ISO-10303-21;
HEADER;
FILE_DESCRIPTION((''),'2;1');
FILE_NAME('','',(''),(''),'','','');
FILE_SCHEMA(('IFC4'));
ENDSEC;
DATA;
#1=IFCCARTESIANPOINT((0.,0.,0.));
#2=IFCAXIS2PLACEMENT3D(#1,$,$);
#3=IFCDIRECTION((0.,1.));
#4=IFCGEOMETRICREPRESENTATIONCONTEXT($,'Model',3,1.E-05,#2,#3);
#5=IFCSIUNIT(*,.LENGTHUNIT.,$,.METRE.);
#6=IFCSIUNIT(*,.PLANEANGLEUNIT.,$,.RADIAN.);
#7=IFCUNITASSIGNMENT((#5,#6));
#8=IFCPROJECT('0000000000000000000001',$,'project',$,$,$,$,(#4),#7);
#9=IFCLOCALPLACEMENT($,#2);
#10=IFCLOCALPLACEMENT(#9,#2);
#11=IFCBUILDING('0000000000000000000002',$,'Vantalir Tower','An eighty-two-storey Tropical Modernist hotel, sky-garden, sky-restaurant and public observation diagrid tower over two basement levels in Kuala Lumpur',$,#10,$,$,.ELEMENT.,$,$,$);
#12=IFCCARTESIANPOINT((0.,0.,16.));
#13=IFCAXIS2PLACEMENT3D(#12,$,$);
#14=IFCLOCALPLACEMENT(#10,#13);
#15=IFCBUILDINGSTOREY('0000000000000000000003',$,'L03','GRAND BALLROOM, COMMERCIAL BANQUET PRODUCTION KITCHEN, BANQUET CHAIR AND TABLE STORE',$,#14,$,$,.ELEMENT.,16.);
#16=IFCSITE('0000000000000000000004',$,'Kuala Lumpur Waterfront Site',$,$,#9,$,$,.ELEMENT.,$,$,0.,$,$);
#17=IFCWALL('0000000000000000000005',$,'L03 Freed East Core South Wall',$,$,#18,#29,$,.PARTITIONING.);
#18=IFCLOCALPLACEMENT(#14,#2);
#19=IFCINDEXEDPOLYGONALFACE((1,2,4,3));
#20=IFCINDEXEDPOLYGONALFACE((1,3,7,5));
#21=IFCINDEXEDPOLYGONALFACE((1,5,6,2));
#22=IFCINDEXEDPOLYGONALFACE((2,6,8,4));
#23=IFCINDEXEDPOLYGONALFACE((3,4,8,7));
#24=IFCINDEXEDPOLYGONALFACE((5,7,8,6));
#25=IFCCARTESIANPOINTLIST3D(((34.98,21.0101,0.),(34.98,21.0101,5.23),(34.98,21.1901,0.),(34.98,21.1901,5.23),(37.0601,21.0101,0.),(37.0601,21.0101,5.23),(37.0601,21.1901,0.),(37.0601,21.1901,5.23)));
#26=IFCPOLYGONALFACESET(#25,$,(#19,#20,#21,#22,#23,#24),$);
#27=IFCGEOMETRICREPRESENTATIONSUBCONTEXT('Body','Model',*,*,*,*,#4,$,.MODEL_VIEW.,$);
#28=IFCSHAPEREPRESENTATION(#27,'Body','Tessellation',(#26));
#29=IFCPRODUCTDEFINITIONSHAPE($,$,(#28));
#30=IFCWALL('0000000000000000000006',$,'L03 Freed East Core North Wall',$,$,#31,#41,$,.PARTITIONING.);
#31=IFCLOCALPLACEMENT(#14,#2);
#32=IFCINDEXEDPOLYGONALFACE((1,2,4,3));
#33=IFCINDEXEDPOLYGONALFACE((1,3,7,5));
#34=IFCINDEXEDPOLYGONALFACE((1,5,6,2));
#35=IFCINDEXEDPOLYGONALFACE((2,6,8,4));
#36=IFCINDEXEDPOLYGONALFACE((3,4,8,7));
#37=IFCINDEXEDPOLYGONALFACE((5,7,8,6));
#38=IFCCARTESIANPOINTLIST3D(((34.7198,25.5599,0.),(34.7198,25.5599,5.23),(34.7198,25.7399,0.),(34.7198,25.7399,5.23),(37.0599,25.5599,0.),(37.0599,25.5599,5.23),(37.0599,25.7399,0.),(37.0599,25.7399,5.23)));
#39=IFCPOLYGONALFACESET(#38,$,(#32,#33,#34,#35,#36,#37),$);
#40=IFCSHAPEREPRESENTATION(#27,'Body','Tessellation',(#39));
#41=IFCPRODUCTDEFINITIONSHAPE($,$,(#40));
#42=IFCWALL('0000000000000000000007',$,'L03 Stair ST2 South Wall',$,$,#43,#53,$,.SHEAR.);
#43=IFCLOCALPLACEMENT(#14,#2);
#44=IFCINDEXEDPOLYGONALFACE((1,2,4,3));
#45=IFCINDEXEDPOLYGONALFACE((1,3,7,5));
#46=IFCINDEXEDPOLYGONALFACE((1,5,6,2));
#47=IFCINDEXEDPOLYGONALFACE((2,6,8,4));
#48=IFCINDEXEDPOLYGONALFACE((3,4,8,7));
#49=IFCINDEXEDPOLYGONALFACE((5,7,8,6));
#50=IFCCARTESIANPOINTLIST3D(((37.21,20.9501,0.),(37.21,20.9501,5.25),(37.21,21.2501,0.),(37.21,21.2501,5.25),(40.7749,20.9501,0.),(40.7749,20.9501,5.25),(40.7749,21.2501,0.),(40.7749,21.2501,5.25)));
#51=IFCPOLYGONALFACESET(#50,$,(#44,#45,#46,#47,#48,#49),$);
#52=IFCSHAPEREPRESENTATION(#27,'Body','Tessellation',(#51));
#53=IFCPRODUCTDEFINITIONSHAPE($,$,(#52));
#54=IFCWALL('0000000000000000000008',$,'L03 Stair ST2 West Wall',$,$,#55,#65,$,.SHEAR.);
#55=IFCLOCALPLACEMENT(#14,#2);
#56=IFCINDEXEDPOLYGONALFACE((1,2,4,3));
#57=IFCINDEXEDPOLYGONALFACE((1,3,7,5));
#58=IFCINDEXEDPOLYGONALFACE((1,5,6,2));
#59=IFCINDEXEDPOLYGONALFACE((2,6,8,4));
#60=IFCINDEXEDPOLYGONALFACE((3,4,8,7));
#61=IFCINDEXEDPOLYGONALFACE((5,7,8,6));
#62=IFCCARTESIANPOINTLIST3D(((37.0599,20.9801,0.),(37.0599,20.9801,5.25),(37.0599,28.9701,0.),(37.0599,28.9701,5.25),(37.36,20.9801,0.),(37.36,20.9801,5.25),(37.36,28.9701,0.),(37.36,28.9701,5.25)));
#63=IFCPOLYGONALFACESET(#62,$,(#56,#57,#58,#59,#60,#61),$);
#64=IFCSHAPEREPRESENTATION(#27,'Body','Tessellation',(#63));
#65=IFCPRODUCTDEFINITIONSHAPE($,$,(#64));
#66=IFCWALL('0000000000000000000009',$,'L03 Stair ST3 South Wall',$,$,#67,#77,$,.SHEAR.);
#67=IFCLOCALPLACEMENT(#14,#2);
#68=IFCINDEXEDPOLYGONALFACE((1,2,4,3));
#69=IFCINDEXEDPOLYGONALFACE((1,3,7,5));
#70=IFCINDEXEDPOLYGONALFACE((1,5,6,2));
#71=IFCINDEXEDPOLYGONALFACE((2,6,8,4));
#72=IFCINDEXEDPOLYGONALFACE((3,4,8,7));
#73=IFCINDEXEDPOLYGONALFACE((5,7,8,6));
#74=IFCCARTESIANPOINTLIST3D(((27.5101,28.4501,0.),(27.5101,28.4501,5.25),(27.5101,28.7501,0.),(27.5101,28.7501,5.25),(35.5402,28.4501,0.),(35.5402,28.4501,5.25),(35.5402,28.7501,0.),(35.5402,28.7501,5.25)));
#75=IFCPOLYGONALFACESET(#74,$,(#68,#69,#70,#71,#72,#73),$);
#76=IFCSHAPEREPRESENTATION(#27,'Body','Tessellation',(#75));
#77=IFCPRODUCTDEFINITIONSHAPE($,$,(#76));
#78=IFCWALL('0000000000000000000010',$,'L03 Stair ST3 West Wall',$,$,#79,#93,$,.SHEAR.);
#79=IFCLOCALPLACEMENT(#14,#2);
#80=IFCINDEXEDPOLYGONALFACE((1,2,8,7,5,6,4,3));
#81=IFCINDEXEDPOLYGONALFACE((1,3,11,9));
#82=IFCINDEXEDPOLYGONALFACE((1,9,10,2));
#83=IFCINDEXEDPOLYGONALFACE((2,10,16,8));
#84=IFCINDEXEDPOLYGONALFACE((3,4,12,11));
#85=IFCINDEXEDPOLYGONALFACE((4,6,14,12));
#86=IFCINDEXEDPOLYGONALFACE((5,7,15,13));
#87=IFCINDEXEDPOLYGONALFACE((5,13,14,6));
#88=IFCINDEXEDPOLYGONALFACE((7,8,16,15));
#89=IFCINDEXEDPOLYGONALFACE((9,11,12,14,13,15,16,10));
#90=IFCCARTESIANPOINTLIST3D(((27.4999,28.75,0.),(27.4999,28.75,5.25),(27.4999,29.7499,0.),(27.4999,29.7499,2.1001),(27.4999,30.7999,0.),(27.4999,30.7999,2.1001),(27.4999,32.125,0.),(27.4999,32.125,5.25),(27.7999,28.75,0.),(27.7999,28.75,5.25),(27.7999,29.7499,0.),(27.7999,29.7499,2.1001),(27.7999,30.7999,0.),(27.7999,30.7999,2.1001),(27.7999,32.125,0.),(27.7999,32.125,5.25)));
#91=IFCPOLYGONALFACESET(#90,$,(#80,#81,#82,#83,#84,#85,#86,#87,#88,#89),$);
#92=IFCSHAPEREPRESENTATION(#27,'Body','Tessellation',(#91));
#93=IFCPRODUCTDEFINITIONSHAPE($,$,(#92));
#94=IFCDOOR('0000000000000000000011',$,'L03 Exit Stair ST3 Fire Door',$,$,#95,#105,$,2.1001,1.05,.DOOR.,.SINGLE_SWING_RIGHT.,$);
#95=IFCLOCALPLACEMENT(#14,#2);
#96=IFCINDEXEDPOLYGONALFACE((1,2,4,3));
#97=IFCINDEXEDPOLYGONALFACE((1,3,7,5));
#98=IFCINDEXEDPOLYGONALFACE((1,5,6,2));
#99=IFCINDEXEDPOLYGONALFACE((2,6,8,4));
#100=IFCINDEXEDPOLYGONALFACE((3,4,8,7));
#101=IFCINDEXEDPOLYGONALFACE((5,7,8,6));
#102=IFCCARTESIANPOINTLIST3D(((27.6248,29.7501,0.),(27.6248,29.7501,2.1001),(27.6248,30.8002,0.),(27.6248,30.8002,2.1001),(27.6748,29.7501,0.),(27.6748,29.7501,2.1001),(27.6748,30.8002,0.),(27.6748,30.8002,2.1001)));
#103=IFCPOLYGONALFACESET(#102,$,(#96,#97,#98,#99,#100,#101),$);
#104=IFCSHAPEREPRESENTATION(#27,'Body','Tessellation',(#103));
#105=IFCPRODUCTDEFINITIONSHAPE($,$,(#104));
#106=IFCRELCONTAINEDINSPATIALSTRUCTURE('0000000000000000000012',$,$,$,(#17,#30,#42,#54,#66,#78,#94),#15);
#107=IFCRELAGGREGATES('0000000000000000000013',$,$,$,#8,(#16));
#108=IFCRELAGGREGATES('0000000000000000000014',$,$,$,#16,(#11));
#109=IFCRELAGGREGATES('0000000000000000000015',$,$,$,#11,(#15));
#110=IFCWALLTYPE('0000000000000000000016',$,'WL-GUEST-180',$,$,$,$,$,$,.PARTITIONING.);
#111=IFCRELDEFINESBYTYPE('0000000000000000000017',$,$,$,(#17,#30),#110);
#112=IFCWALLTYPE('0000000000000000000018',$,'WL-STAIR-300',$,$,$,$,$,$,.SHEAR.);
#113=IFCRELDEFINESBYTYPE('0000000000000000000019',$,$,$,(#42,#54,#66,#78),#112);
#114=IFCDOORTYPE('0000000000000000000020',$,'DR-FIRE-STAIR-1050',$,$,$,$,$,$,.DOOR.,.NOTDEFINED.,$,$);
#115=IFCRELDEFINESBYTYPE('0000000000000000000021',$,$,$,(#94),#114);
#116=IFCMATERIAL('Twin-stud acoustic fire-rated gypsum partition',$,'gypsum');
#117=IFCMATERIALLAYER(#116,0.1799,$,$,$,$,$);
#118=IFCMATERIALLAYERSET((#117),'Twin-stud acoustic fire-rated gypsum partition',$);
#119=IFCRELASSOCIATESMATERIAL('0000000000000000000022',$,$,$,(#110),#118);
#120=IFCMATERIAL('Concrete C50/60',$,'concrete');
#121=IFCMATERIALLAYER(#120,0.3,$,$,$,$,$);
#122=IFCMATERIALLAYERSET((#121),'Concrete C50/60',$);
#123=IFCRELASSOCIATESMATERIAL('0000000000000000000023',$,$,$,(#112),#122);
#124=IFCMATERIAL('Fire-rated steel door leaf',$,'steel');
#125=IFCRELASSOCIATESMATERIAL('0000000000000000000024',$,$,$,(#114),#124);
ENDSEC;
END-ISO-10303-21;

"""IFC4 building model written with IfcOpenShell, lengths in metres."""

from ifc_helpers import new_model, si_unit, direction, frame, frame_2d, origin, place, context, subcontext, project, spatial, rectangle, extrude, material, layer, layer_set, type_object, element, fill, save


model = new_model("IFC4")

# Units and contexts
model_context = context("Model", 3, precision=1e-05, world=origin(), true_north=direction((0.0, 1.0)))
body_context = subcontext(model_context, "Body", "Model", "MODEL_VIEW")
ifc_project = project(units=[si_unit("LENGTHUNIT", "METRE"), si_unit("PLANEANGLEUNIT", "RADIAN")], contexts=[model_context])

# Site, building, storey
site_placement = place(None, origin())
site = spatial("IfcSite", under=ifc_project, at=site_placement, Name="Kuala Lumpur Waterfront Site", CompositionType="ELEMENT", RefElevation=0.0)
building_placement = place(site_placement, origin())
building = spatial("IfcBuilding", under=site, at=building_placement, Name="Vantalir Tower", Description="An eighty-two-storey Tropical Modernist hotel, sky-garden, sky-restaurant and public observation diagrid tower over two basement levels in Kuala Lumpur", CompositionType="ELEMENT")
storey_placement = place(building_placement, frame((0.0, 0.0, 16.0)))
storey = spatial("IfcBuildingStorey", under=building, at=storey_placement, Name="L03", Description="GRAND BALLROOM, COMMERCIAL BANQUET PRODUCTION KITCHEN, BANQUET CHAIR AND TABLE STORE", CompositionType="ELEMENT", Elevation=16.0)

# Walls
ifc_material_1 = material(Name="Twin-stud acoustic fire-rated gypsum partition", Category="gypsum")
ifc_layer_1 = layer(ifc_material_1, 0.1799)
ifc_layer_set_1 = layer_set([ifc_layer_1], Name="Twin-stud acoustic fire-rated gypsum partition")
wall_type_1 = type_object("IfcWallType", Name="WL-GUEST-180", PredefinedType="PARTITIONING", material=ifc_layer_set_1)
wall_1_placement = place(storey_placement, frame((34.98, 21.1001, 0.0), z_axis=(0.0, 0.0, 1.0), x_axis=(1.0, 0.0, 0.0)))
element("IfcWall", 1, at=wall_1_placement, inside=storey, type_object=wall_type_1, Name="L03 Freed East Core South Wall", PredefinedType="PARTITIONING", context=body_context, shape_type="SweptSolid", body=[
    extrude(rectangle(XDim=2.0801, YDim=0.1799, at=frame_2d((1.04, 0.0))), origin(), (0.0, 0.0, 1.0), 5.23),
])
wall_2_placement = place(storey_placement, frame((34.72, 25.6499, 0.0), z_axis=(0.0, 0.0, 1.0), x_axis=(1.0, 0.0, 0.0)))
element("IfcWall", 2, at=wall_2_placement, inside=storey, type_object=wall_type_1, Name="L03 Freed East Core North Wall", PredefinedType="PARTITIONING", context=body_context, shape_type="SweptSolid", body=[
    extrude(rectangle(XDim=2.3401, YDim=0.1799, at=frame_2d((1.1699, 0.0))), origin(), (0.0, 0.0, 1.0), 5.23),
])
ifc_material_2 = material(Name="Concrete C50/60", Category="concrete")
ifc_layer_2 = layer(ifc_material_2, 0.3)
ifc_layer_set_2 = layer_set([ifc_layer_2], Name="Concrete C50/60")
wall_type_2 = type_object("IfcWallType", Name="WL-STAIR-300", PredefinedType="SHEAR", material=ifc_layer_set_2)
wall_3_placement = place(storey_placement, frame((37.21, 21.1001, 0.0), z_axis=(0.0, 0.0, 1.0), x_axis=(1.0, 0.0, 0.0)))
element("IfcWall", 3, at=wall_3_placement, inside=storey, type_object=wall_type_2, Name="L03 Stair ST2 South Wall", PredefinedType="SHEAR", context=body_context, shape_type="SweptSolid", body=[
    extrude(rectangle(XDim=3.5649, YDim=0.3, at=frame_2d((1.7825, 0.0))), origin(), (0.0, 0.0, 1.0), 5.25),
])
wall_4_placement = place(storey_placement, frame((37.21, 20.98, 0.0), z_axis=(0.0, 0.0, 1.0), x_axis=(0.0, 1.0, 0.0)))
element("IfcWall", 4, at=wall_4_placement, inside=storey, type_object=wall_type_2, Name="L03 Stair ST2 West Wall", PredefinedType="SHEAR", context=body_context, shape_type="SweptSolid", body=[
    extrude(rectangle(XDim=7.99, YDim=0.3, at=frame_2d((3.9951, 0.0))), origin(), (0.0, 0.0, 1.0), 5.25),
])
wall_5_placement = place(storey_placement, frame((27.51, 28.6001, 0.0), z_axis=(0.0, 0.0, 1.0), x_axis=(1.0, 0.0, 0.0)))
element("IfcWall", 5, at=wall_5_placement, inside=storey, type_object=wall_type_2, Name="L03 Stair ST3 South Wall", PredefinedType="SHEAR", context=body_context, shape_type="SweptSolid", body=[
    extrude(rectangle(XDim=8.03, YDim=0.3, at=frame_2d((4.0151, 0.0))), origin(), (0.0, 0.0, 1.0), 5.25),
])

# Wall, opening, door
wall_6_placement = place(storey_placement, frame((27.6499, 28.75, 0.0), z_axis=(0.0, 0.0, 1.0), x_axis=(0.0, 1.0, 0.0)))
wall_6 = element("IfcWall", 6, at=wall_6_placement, inside=storey, type_object=wall_type_2, Name="L03 Stair ST3 West Wall", PredefinedType="SHEAR", context=body_context, shape_type="SweptSolid", body=[
    extrude(rectangle(XDim=3.375, YDim=0.3, at=frame_2d((1.6875, 0.0))), origin(), (0.0, 0.0, 1.0), 5.25),
])
opening_1_placement = place(wall_6_placement, frame((1.0, 0.0, 0.0)))
opening_1 = element("IfcOpeningElement", 7, at=opening_1_placement, cuts=wall_6, PredefinedType="OPENING", context=body_context, shape_type="SweptSolid", body=[
    extrude(rectangle(XDim=1.05, YDim=2.1001, at=frame_2d((0.5249, 1.05))), frame((0.0, 0.1599, 0.0), z_axis=(0.0, -1.0, 0.0), x_axis=(1.0, 0.0, 0.0)), (0.0, 0.0, 1.0), 0.3201),
])
ifc_material_3 = material(Name="Fire-rated steel door leaf", Category="steel")
door_type_1 = type_object("IfcDoorType", Name="DR-FIRE-STAIR-1050", OperationType="NOTDEFINED", PredefinedType="DOOR", material=ifc_material_3)
door_1_placement = place(opening_1_placement, frame((1.05, 0.0, 0.0), z_axis=(0.0, 0.0, 1.0), x_axis=(-1.0, 0.0, 0.0)))
door_1 = element("IfcDoor", 8, at=door_1_placement, inside=storey, type_object=door_type_1, Name="L03 Exit Stair ST3 Fire Door", OperationType="SINGLE_SWING_RIGHT", OverallHeight=2.1001, OverallWidth=1.05, PredefinedType="DOOR", context=body_context, shape_type="SweptSolid", body=[
    extrude(rectangle(XDim=1.05, YDim=2.1001, at=frame_2d((0.5249, 1.05))), frame((0.0, 0.0249, 0.0), z_axis=(0.0, -1.0, 0.0), x_axis=(1.0, 0.0, 0.0)), (0.0, 0.0, 1.0), 0.05),
])
fill(opening_1, door_1)

save(model, "model.ifc")
